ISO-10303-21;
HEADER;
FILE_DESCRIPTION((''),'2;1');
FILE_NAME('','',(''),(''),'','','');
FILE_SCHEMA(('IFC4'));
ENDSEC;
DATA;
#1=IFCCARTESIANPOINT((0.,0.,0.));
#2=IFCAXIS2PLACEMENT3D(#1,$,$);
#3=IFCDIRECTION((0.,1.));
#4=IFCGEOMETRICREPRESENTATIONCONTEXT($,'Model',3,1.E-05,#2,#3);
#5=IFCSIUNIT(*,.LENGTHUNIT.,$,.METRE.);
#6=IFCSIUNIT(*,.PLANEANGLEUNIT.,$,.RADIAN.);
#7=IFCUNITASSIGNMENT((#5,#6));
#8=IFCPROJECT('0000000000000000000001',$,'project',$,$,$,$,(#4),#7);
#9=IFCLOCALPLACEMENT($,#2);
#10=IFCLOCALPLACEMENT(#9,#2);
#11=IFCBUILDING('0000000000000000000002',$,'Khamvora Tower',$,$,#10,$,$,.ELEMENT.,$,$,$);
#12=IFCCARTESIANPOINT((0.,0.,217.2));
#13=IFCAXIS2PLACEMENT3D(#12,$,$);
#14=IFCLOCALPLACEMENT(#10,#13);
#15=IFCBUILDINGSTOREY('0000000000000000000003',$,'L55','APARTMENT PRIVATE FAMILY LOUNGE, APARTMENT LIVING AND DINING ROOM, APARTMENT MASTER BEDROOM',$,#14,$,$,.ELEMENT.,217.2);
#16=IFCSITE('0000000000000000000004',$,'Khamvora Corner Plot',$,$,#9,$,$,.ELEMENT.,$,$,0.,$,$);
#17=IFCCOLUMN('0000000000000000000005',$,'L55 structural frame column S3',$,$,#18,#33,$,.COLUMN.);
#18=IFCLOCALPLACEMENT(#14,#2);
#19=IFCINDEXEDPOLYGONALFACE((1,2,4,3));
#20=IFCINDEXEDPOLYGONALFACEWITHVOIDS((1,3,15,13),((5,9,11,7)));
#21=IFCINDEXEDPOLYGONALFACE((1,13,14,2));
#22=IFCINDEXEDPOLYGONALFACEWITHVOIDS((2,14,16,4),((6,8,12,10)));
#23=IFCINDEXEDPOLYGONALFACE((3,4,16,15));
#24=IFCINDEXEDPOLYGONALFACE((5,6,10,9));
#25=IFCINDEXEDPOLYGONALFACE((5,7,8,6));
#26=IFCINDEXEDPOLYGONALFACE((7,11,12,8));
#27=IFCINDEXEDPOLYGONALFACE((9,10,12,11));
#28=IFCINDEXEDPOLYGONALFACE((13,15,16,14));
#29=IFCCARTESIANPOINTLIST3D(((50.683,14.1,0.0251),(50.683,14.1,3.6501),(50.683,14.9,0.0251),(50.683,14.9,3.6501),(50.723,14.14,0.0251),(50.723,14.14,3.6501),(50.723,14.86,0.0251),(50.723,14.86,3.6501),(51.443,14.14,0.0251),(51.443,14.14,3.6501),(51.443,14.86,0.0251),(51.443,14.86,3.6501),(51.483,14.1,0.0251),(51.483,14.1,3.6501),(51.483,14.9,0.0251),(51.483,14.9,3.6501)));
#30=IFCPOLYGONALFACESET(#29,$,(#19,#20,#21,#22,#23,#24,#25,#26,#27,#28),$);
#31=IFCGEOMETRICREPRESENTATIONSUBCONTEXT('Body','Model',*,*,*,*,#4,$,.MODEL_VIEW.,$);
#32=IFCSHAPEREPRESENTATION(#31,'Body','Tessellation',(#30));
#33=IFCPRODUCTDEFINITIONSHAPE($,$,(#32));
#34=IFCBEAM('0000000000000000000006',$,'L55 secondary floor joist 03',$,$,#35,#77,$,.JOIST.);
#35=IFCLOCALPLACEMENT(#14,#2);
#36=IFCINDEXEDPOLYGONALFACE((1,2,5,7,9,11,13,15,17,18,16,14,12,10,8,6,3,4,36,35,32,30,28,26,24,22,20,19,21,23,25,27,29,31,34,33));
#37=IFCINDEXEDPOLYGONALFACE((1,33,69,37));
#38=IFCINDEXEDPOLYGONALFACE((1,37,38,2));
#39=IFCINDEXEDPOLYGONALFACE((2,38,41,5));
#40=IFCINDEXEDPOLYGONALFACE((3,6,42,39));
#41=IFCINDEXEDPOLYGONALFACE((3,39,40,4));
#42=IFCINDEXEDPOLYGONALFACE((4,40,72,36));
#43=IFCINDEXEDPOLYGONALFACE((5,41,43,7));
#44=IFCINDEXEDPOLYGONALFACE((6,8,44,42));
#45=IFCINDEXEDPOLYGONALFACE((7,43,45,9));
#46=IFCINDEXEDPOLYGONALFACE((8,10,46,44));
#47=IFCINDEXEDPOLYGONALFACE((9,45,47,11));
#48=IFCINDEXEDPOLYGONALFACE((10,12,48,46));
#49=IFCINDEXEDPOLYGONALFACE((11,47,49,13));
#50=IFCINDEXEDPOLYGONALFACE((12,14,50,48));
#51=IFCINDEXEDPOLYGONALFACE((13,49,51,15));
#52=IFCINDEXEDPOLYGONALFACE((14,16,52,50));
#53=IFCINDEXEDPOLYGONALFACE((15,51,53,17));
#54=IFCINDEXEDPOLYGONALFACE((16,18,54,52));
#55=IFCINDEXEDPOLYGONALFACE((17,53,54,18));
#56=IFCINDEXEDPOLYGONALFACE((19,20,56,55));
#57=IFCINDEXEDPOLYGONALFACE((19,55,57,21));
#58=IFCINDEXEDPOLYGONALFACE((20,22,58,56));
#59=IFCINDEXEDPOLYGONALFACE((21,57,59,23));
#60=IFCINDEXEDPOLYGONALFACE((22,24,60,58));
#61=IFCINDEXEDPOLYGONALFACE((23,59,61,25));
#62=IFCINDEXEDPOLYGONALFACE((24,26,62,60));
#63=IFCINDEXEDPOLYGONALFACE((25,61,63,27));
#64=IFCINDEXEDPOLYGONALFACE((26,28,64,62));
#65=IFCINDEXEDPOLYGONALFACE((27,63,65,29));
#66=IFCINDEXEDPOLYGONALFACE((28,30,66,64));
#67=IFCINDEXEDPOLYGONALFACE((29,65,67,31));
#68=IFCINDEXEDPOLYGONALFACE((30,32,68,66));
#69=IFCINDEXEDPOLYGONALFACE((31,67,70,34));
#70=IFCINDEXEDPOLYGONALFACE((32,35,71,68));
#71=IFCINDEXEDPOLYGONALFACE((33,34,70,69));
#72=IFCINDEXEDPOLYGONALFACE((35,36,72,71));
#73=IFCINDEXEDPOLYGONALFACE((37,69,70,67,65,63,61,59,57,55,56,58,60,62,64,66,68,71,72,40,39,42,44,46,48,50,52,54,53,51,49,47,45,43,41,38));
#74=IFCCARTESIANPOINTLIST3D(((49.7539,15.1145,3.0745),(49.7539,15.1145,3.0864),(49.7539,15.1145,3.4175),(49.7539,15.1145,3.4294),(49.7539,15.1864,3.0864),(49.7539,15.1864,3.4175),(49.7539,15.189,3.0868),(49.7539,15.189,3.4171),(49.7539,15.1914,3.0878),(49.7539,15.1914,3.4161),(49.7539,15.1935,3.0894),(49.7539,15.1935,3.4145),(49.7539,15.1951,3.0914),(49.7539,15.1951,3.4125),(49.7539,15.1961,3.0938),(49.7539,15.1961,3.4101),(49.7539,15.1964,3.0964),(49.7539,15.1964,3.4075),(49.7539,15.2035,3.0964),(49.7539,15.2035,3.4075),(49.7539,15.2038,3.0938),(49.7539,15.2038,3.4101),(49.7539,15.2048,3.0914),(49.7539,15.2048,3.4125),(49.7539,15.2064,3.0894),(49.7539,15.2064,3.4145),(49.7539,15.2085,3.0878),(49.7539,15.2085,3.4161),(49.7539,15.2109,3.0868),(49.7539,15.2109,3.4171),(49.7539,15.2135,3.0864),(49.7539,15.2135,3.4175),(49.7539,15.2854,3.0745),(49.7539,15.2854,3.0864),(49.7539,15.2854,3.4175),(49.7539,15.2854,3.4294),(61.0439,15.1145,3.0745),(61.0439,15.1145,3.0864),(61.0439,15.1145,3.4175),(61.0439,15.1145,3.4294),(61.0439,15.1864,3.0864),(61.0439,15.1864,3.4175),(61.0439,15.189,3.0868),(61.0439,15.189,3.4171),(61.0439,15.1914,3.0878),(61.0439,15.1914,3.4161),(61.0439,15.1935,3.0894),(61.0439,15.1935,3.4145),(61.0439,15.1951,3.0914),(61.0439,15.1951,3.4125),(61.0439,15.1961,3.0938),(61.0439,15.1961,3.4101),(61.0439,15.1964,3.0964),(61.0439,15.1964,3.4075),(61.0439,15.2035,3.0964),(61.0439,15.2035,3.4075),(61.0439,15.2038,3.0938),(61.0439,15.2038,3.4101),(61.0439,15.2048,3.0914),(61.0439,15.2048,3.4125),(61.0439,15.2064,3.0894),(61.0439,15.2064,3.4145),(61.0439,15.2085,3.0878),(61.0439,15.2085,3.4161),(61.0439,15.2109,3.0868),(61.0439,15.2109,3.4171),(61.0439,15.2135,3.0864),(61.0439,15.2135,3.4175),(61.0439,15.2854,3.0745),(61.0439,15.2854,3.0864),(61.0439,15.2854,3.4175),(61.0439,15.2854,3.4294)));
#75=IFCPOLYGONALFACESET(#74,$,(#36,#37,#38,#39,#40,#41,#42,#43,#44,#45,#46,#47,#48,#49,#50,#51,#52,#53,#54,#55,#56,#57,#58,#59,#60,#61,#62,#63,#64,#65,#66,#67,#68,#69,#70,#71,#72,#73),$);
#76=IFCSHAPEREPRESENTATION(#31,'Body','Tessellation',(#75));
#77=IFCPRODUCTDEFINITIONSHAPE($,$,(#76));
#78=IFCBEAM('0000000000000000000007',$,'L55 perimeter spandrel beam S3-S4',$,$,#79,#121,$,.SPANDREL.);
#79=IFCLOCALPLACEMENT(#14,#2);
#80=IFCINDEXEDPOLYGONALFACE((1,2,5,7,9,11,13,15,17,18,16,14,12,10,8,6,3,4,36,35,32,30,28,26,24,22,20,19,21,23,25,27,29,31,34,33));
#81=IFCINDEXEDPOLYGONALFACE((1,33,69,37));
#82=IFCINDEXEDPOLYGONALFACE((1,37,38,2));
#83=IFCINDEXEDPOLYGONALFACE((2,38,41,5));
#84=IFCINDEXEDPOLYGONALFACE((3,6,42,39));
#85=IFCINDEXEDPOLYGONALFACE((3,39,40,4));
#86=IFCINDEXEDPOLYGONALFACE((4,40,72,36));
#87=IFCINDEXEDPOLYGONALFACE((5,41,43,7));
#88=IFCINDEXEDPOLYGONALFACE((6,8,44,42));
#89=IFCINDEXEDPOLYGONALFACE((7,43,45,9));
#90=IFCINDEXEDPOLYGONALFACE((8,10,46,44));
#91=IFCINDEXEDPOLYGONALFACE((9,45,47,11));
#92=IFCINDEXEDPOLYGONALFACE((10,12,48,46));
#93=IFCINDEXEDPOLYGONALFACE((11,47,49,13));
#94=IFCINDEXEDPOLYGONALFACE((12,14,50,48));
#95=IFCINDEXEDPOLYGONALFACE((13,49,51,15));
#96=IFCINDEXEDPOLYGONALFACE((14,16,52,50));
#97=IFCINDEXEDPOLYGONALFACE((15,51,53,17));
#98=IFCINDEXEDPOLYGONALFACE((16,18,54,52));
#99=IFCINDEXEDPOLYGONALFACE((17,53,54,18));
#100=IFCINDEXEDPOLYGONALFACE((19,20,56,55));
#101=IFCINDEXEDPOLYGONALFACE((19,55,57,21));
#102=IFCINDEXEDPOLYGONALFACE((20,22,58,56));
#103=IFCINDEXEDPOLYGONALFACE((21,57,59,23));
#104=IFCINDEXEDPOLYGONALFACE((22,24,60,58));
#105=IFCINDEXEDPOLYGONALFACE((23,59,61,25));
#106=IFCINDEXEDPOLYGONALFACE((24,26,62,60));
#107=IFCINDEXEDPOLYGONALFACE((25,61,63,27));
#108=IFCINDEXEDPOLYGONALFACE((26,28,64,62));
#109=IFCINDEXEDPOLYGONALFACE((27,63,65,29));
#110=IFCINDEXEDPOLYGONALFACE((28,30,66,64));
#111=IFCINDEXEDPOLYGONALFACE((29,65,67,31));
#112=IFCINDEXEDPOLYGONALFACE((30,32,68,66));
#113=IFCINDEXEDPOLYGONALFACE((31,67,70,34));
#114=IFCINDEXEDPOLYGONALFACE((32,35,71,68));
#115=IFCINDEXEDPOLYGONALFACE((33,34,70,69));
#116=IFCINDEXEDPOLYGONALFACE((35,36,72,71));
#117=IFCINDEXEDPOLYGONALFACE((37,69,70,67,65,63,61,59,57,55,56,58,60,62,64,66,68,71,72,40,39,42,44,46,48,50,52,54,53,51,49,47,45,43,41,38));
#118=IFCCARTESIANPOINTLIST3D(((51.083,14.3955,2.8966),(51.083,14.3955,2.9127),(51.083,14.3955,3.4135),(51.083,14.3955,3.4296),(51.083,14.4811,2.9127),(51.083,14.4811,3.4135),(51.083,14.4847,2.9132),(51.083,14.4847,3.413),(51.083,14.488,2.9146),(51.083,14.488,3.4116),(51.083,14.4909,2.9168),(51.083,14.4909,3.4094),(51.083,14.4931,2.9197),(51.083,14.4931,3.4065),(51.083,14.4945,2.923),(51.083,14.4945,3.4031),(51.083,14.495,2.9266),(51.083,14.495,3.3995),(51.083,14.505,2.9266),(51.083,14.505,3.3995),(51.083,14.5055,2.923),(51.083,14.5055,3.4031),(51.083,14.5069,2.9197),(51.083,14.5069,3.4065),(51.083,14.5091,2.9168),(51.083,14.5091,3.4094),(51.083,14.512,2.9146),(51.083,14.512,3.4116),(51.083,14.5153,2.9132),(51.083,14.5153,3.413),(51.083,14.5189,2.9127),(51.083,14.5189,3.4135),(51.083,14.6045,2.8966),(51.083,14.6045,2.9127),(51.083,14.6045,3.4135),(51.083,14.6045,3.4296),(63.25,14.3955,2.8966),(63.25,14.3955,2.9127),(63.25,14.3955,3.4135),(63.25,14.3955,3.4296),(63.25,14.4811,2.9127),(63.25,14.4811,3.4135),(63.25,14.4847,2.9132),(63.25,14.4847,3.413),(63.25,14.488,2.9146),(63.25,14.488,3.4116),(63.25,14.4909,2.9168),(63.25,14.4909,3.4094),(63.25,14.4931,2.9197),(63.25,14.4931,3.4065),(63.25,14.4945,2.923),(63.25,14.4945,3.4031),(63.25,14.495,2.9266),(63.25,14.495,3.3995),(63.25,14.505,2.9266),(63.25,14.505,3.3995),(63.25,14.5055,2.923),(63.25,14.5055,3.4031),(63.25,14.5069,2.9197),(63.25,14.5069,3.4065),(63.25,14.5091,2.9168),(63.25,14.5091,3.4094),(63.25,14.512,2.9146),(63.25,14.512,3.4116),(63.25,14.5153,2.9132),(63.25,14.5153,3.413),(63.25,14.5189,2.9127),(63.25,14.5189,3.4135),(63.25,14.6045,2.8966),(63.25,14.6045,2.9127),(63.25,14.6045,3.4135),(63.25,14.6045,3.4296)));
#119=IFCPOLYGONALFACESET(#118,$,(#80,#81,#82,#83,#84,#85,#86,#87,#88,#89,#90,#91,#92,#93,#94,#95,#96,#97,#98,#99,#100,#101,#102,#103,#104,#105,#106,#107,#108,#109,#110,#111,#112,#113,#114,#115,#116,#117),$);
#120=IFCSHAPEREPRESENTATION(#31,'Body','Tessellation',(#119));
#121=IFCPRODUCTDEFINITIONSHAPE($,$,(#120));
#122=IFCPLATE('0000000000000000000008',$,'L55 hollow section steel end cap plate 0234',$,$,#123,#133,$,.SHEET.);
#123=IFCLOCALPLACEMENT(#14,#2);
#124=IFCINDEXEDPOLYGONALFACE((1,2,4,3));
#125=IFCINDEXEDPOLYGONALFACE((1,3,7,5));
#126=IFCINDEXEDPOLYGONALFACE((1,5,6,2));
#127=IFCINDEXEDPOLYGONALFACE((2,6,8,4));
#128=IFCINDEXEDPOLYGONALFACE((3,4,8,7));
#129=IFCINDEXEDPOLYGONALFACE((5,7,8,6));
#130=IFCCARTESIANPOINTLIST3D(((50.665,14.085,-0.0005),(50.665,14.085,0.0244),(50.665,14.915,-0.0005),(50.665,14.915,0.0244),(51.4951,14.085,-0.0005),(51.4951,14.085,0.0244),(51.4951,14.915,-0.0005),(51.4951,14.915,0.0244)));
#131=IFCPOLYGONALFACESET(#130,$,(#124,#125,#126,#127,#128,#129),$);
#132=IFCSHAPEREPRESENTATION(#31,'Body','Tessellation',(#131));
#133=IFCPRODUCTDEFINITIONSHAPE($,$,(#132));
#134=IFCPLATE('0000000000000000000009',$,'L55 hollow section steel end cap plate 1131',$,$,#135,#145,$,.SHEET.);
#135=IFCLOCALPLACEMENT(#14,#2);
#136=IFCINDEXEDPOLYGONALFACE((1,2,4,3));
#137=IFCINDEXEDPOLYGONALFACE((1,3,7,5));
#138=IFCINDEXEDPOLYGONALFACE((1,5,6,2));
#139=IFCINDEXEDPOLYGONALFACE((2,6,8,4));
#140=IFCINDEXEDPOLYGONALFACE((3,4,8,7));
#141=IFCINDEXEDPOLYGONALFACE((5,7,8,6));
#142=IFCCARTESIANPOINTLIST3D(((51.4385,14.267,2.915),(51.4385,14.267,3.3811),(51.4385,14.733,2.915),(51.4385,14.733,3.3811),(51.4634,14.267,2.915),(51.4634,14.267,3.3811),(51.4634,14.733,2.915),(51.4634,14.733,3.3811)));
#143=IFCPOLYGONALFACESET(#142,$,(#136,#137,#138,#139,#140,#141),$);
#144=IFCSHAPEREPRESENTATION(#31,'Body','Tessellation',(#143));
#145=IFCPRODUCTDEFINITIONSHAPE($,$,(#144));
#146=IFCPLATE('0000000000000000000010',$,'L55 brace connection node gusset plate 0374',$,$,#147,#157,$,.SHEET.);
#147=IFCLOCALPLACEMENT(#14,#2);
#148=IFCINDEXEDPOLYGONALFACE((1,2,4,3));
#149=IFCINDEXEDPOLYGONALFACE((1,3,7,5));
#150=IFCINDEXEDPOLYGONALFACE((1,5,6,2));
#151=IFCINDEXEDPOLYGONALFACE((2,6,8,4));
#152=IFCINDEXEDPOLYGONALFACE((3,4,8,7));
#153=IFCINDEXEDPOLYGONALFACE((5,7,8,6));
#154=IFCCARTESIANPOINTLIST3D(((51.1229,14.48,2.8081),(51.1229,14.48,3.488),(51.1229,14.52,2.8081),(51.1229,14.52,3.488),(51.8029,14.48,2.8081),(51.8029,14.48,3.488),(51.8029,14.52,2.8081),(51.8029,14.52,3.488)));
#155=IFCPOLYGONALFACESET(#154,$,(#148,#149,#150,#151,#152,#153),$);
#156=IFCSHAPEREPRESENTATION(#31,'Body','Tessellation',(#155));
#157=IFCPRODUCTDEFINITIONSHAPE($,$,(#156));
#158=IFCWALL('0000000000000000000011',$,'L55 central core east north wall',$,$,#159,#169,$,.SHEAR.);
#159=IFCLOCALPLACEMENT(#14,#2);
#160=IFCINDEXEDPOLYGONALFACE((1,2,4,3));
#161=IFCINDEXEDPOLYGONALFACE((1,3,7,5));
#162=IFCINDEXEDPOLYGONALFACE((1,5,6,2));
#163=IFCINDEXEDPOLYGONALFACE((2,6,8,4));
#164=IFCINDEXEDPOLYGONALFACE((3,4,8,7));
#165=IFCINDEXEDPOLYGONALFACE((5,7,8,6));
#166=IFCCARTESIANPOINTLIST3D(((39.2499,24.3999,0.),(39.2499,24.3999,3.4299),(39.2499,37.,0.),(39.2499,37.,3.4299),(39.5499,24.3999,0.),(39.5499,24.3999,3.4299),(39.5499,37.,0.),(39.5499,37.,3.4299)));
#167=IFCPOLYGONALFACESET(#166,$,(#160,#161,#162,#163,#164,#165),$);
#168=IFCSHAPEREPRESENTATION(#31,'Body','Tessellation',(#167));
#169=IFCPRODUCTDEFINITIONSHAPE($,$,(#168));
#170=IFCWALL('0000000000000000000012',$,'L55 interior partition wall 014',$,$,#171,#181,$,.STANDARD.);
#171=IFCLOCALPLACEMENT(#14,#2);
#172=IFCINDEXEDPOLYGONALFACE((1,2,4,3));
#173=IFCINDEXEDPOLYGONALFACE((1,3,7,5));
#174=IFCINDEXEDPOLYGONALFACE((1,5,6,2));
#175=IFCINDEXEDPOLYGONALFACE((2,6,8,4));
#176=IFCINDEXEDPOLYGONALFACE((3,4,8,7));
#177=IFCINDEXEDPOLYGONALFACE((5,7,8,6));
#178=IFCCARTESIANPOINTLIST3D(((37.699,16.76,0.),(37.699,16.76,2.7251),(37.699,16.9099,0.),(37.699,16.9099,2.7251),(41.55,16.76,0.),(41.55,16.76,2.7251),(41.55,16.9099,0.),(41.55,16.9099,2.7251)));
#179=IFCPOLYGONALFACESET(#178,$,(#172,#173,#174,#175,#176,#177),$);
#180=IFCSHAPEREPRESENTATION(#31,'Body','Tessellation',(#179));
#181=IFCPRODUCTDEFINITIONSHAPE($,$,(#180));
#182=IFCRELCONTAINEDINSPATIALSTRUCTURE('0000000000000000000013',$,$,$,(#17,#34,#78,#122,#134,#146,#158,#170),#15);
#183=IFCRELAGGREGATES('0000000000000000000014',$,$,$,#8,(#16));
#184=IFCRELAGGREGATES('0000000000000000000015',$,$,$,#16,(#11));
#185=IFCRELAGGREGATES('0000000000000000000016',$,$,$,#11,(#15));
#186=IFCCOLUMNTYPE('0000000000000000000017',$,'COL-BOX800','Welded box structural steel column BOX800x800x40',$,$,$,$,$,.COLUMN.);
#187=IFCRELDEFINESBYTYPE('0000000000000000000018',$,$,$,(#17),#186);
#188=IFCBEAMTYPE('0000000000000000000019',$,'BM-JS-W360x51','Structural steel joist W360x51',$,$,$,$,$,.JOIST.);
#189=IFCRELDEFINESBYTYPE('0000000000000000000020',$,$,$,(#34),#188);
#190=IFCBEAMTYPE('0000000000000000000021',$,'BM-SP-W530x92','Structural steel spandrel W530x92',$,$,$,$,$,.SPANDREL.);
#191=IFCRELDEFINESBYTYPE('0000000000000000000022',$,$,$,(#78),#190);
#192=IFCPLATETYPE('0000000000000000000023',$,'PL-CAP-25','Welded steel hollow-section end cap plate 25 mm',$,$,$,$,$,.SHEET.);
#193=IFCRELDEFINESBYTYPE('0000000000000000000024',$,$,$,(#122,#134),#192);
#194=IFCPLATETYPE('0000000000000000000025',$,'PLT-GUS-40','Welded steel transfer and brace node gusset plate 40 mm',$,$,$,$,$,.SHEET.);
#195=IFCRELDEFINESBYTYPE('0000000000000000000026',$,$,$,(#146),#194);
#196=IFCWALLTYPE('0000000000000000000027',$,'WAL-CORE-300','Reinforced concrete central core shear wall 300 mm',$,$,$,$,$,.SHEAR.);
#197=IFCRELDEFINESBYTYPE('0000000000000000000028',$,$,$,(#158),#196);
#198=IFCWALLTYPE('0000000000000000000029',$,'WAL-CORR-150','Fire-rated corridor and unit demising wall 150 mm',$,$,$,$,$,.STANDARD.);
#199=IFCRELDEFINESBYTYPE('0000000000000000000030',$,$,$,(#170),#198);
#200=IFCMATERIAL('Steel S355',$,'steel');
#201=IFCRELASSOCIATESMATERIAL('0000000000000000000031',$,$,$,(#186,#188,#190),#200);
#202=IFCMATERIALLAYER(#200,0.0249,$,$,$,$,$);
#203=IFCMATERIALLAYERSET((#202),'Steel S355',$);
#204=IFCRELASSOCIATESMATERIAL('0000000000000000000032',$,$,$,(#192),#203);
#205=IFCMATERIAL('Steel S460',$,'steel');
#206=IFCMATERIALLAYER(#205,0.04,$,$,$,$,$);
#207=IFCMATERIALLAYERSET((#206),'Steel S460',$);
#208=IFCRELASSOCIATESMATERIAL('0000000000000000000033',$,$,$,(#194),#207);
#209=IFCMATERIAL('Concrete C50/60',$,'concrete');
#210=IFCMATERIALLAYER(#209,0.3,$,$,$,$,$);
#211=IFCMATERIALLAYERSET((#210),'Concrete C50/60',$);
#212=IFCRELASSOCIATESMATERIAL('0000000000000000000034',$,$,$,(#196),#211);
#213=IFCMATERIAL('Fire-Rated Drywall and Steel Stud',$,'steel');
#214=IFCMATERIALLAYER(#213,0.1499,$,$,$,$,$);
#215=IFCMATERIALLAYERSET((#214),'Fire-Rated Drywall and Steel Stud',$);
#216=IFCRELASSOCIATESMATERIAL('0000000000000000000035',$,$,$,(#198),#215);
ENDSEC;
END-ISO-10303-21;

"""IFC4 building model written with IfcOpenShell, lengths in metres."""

from ifc_helpers import new_model, si_unit, direction, frame, frame_2d, origin, origin_2d, place, context, subcontext, project, spatial, rectangle, hollow_rectangle, i_section, extrude, material, layer, layer_set, material_profile, profile_set, type_object, element, save


model = new_model("IFC4")

# Units and contexts
model_context = context("Model", 3, precision=1e-05, world=origin(), true_north=direction((0.0, 1.0)))
body_context = subcontext(model_context, "Body", "Model", "MODEL_VIEW")
ifc_project = project(units=[si_unit("LENGTHUNIT", "METRE"), si_unit("PLANEANGLEUNIT", "RADIAN")], contexts=[model_context])

# Site, building, storey
site_placement = place(None, origin())
site = spatial("IfcSite", under=ifc_project, at=site_placement, Name="Khamvora Corner Plot", CompositionType="ELEMENT", RefElevation=0.0)
building_placement = place(site_placement, origin())
building = spatial("IfcBuilding", under=site, at=building_placement, Name="Khamvora Tower", CompositionType="ELEMENT")
storey_placement = place(building_placement, frame((0.0, 0.0, 217.2)))
storey = spatial("IfcBuildingStorey", under=building, at=storey_placement, Name="L55", Description="APARTMENT PRIVATE FAMILY LOUNGE, APARTMENT LIVING AND DINING ROOM, APARTMENT MASTER BEDROOM", CompositionType="ELEMENT", Elevation=217.2)

# Column
ifc_material_1 = material(Name="Steel S355", Category="steel")
ifc_material_profile_1 = material_profile(ifc_material_1, hollow_rectangle(XDim=0.8, YDim=0.8, WallThickness=0.04, at=origin_2d()), Name="BOX800x800x40")
ifc_profile_set_1 = profile_set([ifc_material_profile_1], Name="Steel S355")
column_type = type_object("IfcColumnType", Name="COL-BOX800", Description="Welded box structural steel column BOX800x800x40", PredefinedType="COLUMN", material=ifc_profile_set_1)
column_placement = place(storey_placement, frame((51.083, 14.5, 0.0251), z_axis=(0.0, 0.0, 1.0), x_axis=(1.0, 0.0, 0.0)))
element("IfcColumn", 1, at=column_placement, inside=storey, type_object=column_type, Name="L55 structural frame column S3", PredefinedType="COLUMN", context=body_context, shape_type="SweptSolid", body=[
    extrude(hollow_rectangle(XDim=0.8, YDim=0.8, WallThickness=0.04, at=origin_2d()), origin(), (0.0, 0.0, 1.0), 3.625),
])

# Beams
ifc_material_profile_2 = material_profile(ifc_material_1, i_section(OverallWidth=0.1709, OverallDepth=0.355, WebThickness=0.0071, FlangeThickness=0.012, FilletRadius=0.01, at=origin_2d()), Name="W360x51")
ifc_profile_set_2 = profile_set([ifc_material_profile_2], Name="Steel S355")
beam_type_1 = type_object("IfcBeamType", Name="BM-JS-W360x51", Description="Structural steel joist W360x51", PredefinedType="JOIST", material=ifc_profile_set_2)
beam_1_placement = place(storey_placement, frame((49.7539, 15.2, 3.252), z_axis=(1.0, 0.0, 0.0), x_axis=(0.0, 1.0, 0.0)))
element("IfcBeam", 2, at=beam_1_placement, inside=storey, type_object=beam_type_1, Name="L55 secondary floor joist 03", PredefinedType="JOIST", context=body_context, shape_type="SweptSolid", body=[
    extrude(i_section(OverallWidth=0.1709, OverallDepth=0.355, WebThickness=0.0071, FlangeThickness=0.012, FilletRadius=0.01, at=origin_2d()), origin(), (0.0, 0.0, 1.0), 11.29),
])
ifc_material_profile_3 = material_profile(ifc_material_1, i_section(OverallWidth=0.209, OverallDepth=0.533, WebThickness=0.01, FlangeThickness=0.0161, FilletRadius=0.0139, at=origin_2d()), Name="W530x92")
ifc_profile_set_3 = profile_set([ifc_material_profile_3], Name="Steel S355")
beam_type_2 = type_object("IfcBeamType", Name="BM-SP-W530x92", Description="Structural steel spandrel W530x92", PredefinedType="SPANDREL", material=ifc_profile_set_3)
beam_2_placement = place(storey_placement, frame((51.083, 14.5, 3.1631), z_axis=(1.0, 0.0, 0.0), x_axis=(0.0, 1.0, 0.0)))
element("IfcBeam", 3, at=beam_2_placement, inside=storey, type_object=beam_type_2, Name="L55 perimeter spandrel beam S3-S4", PredefinedType="SPANDREL", context=body_context, shape_type="SweptSolid", body=[
    extrude(i_section(OverallWidth=0.209, OverallDepth=0.533, WebThickness=0.01, FlangeThickness=0.0161, FilletRadius=0.0139, at=origin_2d()), origin(), (0.0, 0.0, 1.0), 12.167),
])

# Plates
ifc_layer_1 = layer(ifc_material_1, 0.0249)
ifc_layer_set_1 = layer_set([ifc_layer_1], Name="Steel S355")
plate_type_1 = type_object("IfcPlateType", Name="PL-CAP-25", Description="Welded steel hollow-section end cap plate 25 mm", PredefinedType="SHEET", material=ifc_layer_set_1)
plate_1_placement = place(storey_placement, frame((51.0801, 14.5, -0.0005), z_axis=(0.0, 0.0, 1.0), x_axis=(1.0, 0.0, 0.0)))
element("IfcPlate", 4, at=plate_1_placement, inside=storey, type_object=plate_type_1, Name="L55 hollow section steel end cap plate 0234", PredefinedType="SHEET", context=body_context, shape_type="SweptSolid", body=[
    extrude(rectangle(XDim=0.8301, YDim=0.8301, at=origin_2d()), origin(), (0.0, 0.0, 1.0), 0.0249),
])
plate_2_placement = place(storey_placement, frame((51.4509, 14.5, 2.915), z_axis=(0.0, 0.0, 1.0), x_axis=(-1.0, 0.0, 0.0)))
element("IfcPlate", 5, at=plate_2_placement, inside=storey, type_object=plate_type_1, Name="L55 hollow section steel end cap plate 1131", PredefinedType="SHEET", context=body_context, shape_type="SweptSolid", body=[
    extrude(rectangle(XDim=0.0249, YDim=0.4661, at=origin_2d()), origin(), (0.0, 0.0, 1.0), 0.4661),
])
ifc_material_2 = material(Name="Steel S460", Category="steel")
ifc_layer_2 = layer(ifc_material_2, 0.04)
ifc_layer_set_2 = layer_set([ifc_layer_2], Name="Steel S460")
plate_type_2 = type_object("IfcPlateType", Name="PLT-GUS-40", Description="Welded steel transfer and brace node gusset plate 40 mm", PredefinedType="SHEET", material=ifc_layer_set_2)
plate_3_placement = place(storey_placement, frame((51.4629, 14.5, 2.8081), z_axis=(0.0, 0.0, 1.0), x_axis=(1.0, 0.0, 0.0)))
element("IfcPlate", 6, at=plate_3_placement, inside=storey, type_object=plate_type_2, Name="L55 brace connection node gusset plate 0374", PredefinedType="SHEET", context=body_context, shape_type="SweptSolid", body=[
    extrude(rectangle(XDim=0.6799, YDim=0.04, at=origin_2d()), origin(), (0.0, 0.0, 1.0), 0.6799),
])

# Walls
ifc_material_3 = material(Name="Concrete C50/60", Category="concrete")
ifc_layer_3 = layer(ifc_material_3, 0.3)
ifc_layer_set_3 = layer_set([ifc_layer_3], Name="Concrete C50/60")
wall_type_1 = type_object("IfcWallType", Name="WAL-CORE-300", Description="Reinforced concrete central core shear wall 300 mm", PredefinedType="SHEAR", material=ifc_layer_set_3)
wall_1_placement = place(storey_placement, frame((39.3999, 24.3999, 0.0), z_axis=(0.0, 0.0, 1.0), x_axis=(0.0, 1.0, 0.0)))
element("IfcWall", 7, at=wall_1_placement, inside=storey, type_object=wall_type_1, Name="L55 central core east north wall", PredefinedType="SHEAR", context=body_context, shape_type="SweptSolid", body=[
    extrude(rectangle(XDim=12.6001, YDim=0.3, at=frame_2d((6.3, 0.0))), origin(), (0.0, 0.0, 1.0), 3.4299),
])
ifc_material_4 = material(Name="Fire-Rated Drywall and Steel Stud", Category="steel")
ifc_layer_4 = layer(ifc_material_4, 0.1499)
ifc_layer_set_4 = layer_set([ifc_layer_4], Name="Fire-Rated Drywall and Steel Stud")
wall_type_2 = type_object("IfcWallType", Name="WAL-CORR-150", Description="Fire-rated corridor and unit demising wall 150 mm", PredefinedType="STANDARD", material=ifc_layer_set_4)
wall_2_placement = place(storey_placement, frame((41.55, 16.835, 0.0), z_axis=(0.0, 0.0, 1.0), x_axis=(-1.0, 0.0, 0.0)))
element("IfcWall", 8, at=wall_2_placement, inside=storey, type_object=wall_type_2, Name="L55 interior partition wall 014", PredefinedType="STANDARD", context=body_context, shape_type="SweptSolid", body=[
    extrude(rectangle(XDim=3.8511, YDim=0.1499, at=frame_2d((1.9255, 0.0))), origin(), (0.0, 0.0, 1.0), 2.7251),
])

save(model, "model.ifc")
